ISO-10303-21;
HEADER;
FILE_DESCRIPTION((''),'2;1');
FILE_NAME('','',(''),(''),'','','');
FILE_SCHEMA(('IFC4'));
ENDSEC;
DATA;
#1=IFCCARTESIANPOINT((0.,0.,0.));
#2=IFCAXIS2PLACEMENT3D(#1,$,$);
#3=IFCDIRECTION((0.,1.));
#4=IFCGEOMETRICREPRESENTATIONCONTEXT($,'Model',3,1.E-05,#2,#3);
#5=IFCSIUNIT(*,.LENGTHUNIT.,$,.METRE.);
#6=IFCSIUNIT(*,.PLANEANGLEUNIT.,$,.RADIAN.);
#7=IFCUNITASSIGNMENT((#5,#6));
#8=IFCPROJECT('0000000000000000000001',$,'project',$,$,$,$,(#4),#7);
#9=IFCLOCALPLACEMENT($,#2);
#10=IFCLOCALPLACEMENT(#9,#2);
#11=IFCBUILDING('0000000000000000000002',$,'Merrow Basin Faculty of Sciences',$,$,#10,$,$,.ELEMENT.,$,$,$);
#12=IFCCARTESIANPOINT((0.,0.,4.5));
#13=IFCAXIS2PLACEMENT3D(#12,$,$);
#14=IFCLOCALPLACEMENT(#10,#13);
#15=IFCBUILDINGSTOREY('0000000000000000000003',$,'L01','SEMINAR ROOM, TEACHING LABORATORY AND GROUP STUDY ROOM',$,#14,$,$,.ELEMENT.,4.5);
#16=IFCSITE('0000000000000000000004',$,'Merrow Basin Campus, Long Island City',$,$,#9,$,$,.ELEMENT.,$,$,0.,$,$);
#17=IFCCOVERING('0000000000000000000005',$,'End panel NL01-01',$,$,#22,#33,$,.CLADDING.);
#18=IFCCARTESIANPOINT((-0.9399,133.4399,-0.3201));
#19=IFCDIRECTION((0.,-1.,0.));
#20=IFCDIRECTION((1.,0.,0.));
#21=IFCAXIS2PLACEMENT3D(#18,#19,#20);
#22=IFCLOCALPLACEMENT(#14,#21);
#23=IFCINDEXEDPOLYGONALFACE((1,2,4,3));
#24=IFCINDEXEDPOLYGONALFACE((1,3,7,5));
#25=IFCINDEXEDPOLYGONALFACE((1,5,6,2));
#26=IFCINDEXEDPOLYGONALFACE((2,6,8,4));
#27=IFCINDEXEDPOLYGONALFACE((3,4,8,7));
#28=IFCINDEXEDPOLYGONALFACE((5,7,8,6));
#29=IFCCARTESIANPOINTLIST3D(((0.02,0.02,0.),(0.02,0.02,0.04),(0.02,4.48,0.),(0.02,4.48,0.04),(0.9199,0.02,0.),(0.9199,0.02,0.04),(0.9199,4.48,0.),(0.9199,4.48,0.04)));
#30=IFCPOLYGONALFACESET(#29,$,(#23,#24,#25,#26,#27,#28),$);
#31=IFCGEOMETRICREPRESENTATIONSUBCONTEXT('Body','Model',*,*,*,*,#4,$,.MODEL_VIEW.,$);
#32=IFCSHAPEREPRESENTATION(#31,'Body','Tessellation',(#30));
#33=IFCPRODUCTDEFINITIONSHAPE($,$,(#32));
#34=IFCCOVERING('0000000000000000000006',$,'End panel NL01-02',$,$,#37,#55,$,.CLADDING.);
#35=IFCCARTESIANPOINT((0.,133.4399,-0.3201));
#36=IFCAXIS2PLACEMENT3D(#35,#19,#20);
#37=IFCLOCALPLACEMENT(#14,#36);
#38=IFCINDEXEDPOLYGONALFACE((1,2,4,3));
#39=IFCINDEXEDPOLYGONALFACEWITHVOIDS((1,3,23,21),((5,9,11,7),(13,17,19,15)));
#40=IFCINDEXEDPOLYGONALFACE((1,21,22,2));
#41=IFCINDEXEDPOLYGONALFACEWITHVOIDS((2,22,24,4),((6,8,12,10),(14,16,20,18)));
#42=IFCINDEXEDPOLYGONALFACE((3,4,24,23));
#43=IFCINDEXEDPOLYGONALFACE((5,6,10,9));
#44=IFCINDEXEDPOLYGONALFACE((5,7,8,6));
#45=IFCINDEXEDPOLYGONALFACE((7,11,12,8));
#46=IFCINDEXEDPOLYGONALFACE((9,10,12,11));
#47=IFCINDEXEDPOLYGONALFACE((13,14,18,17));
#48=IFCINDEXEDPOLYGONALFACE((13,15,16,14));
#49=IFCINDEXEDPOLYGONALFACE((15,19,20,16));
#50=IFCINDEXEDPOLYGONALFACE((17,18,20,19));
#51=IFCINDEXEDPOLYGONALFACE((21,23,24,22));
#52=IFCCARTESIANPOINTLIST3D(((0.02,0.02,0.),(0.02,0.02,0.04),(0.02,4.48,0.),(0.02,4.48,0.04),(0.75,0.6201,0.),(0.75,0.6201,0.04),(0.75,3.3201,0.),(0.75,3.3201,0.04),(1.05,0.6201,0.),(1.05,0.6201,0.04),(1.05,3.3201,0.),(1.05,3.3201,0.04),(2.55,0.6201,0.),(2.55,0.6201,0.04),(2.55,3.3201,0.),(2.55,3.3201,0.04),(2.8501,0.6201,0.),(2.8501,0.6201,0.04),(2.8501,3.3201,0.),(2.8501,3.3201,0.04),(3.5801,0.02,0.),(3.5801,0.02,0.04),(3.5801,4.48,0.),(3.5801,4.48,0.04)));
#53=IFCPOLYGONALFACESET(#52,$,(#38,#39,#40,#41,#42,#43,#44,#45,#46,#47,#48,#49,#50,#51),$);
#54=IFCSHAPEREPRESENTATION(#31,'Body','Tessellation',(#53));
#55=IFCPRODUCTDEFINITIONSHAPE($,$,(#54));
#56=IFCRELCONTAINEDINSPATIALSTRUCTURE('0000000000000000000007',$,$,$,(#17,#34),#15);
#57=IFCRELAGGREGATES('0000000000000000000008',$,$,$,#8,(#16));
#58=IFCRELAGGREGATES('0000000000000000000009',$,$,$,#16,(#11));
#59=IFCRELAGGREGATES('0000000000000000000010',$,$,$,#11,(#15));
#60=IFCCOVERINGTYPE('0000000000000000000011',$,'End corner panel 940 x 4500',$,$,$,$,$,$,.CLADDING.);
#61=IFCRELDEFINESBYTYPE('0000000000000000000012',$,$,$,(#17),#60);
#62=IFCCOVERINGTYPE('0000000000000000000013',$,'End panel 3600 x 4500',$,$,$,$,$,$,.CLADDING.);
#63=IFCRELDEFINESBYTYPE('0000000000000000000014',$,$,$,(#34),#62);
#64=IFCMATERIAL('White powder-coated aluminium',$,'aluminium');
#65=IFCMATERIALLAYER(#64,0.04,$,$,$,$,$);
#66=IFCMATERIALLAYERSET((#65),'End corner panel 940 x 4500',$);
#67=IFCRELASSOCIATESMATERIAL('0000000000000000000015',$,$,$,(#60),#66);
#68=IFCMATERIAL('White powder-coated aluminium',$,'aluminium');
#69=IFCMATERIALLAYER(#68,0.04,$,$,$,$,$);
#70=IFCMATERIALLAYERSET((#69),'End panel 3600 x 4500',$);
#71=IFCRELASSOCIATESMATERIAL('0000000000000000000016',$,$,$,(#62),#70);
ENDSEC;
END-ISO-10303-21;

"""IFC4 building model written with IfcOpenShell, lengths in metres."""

from ifc_helpers import new_model, si_unit, direction, frame, origin, place, context, subcontext, project, spatial, polyline, outline, extrude, source, transform, mapped, material, layer, layer_set, type_object, element, save


model = new_model("IFC4")

# Units and contexts
model_context = context("Model", 3, precision=1e-05, world=origin(), true_north=direction((0.0, 1.0)))
body_context = subcontext(model_context, "Body", "Model", "MODEL_VIEW")
ifc_project = project(units=[si_unit("LENGTHUNIT", "METRE"), si_unit("PLANEANGLEUNIT", "RADIAN")], contexts=[model_context])

# Site, building, storey
site_placement = place(None, origin())
site = spatial("IfcSite", under=ifc_project, at=site_placement, Name="Merrow Basin Campus, Long Island City", CompositionType="ELEMENT", RefElevation=0.0)
building_placement = place(site_placement, origin())
building = spatial("IfcBuilding", under=site, at=building_placement, Name="Merrow Basin Faculty of Sciences", CompositionType="ELEMENT")
storey_placement = place(building_placement, frame((0.0, 0.0, 4.5)))
storey = spatial("IfcBuildingStorey", under=building, at=storey_placement, Name="L01", Description="SEMINAR ROOM, TEACHING LABORATORY AND GROUP STUDY ROOM", CompositionType="ELEMENT", Elevation=4.5)

# Coverings
ifc_material_1 = material(Name="White powder-coated aluminium", Category="aluminium")
ifc_layer_1 = layer(ifc_material_1, 0.04)
ifc_layer_set_1 = layer_set([ifc_layer_1], Name="End corner panel 940 x 4500")
covering_type_1 = type_object("IfcCoveringType", Name="End corner panel 940 x 4500", PredefinedType="CLADDING", material=ifc_layer_set_1)
shared_shape_1 = source(origin(), body_context, "Body", "SweptSolid", [
    extrude(outline(polyline([(0.02, 0.02), (0.9199, 0.02), (0.9199, 4.48), (0.02, 4.48), (0.02, 0.02)])), origin(), (0.0, 0.0, 1.0), 0.04),
])
covering_1_placement = place(storey_placement, frame((-0.9399, 133.4399, -0.3201), z_axis=(0.0, -1.0, 0.0), x_axis=(1.0, 0.0, 0.0)))
element("IfcCovering", 1, at=covering_1_placement, inside=storey, type_object=covering_type_1, Name="End panel NL01-01", PredefinedType="CLADDING", context=body_context, shape_type="MappedRepresentation", body=[
    mapped(shared_shape_1, transform((0.0, 0.0, 0.0), scale=1.0)),
])
ifc_material_2 = material(Name="White powder-coated aluminium", Category="aluminium")
ifc_layer_2 = layer(ifc_material_2, 0.04)
ifc_layer_set_2 = layer_set([ifc_layer_2], Name="End panel 3600 x 4500")
covering_type_2 = type_object("IfcCoveringType", Name="End panel 3600 x 4500", PredefinedType="CLADDING", material=ifc_layer_set_2)
shared_shape_2 = source(origin(), body_context, "Body", "SweptSolid", [
    extrude(outline(polyline([(0.02, 0.02), (3.5801, 0.02), (3.5801, 4.48), (0.02, 4.48), (0.02, 0.02)]), holes=[polyline([(0.75, 0.6201), (1.05, 0.6201), (1.05, 3.3201), (0.75, 3.3201), (0.75, 0.6201)]), polyline([(2.55, 0.6201), (2.8501, 0.6201), (2.8501, 3.3201), (2.55, 3.3201), (2.55, 0.6201)])]), origin(), (0.0, 0.0, 1.0), 0.04),
])
covering_2_placement = place(storey_placement, frame((0.0, 133.4399, -0.3201), z_axis=(0.0, -1.0, 0.0), x_axis=(1.0, 0.0, 0.0)))
element("IfcCovering", 2, at=covering_2_placement, inside=storey, type_object=covering_type_2, Name="End panel NL01-02", PredefinedType="CLADDING", context=body_context, shape_type="MappedRepresentation", body=[
    mapped(shared_shape_2, transform((0.0, 0.0, 0.0), scale=1.0)),
])

save(model, "model.ifc")
